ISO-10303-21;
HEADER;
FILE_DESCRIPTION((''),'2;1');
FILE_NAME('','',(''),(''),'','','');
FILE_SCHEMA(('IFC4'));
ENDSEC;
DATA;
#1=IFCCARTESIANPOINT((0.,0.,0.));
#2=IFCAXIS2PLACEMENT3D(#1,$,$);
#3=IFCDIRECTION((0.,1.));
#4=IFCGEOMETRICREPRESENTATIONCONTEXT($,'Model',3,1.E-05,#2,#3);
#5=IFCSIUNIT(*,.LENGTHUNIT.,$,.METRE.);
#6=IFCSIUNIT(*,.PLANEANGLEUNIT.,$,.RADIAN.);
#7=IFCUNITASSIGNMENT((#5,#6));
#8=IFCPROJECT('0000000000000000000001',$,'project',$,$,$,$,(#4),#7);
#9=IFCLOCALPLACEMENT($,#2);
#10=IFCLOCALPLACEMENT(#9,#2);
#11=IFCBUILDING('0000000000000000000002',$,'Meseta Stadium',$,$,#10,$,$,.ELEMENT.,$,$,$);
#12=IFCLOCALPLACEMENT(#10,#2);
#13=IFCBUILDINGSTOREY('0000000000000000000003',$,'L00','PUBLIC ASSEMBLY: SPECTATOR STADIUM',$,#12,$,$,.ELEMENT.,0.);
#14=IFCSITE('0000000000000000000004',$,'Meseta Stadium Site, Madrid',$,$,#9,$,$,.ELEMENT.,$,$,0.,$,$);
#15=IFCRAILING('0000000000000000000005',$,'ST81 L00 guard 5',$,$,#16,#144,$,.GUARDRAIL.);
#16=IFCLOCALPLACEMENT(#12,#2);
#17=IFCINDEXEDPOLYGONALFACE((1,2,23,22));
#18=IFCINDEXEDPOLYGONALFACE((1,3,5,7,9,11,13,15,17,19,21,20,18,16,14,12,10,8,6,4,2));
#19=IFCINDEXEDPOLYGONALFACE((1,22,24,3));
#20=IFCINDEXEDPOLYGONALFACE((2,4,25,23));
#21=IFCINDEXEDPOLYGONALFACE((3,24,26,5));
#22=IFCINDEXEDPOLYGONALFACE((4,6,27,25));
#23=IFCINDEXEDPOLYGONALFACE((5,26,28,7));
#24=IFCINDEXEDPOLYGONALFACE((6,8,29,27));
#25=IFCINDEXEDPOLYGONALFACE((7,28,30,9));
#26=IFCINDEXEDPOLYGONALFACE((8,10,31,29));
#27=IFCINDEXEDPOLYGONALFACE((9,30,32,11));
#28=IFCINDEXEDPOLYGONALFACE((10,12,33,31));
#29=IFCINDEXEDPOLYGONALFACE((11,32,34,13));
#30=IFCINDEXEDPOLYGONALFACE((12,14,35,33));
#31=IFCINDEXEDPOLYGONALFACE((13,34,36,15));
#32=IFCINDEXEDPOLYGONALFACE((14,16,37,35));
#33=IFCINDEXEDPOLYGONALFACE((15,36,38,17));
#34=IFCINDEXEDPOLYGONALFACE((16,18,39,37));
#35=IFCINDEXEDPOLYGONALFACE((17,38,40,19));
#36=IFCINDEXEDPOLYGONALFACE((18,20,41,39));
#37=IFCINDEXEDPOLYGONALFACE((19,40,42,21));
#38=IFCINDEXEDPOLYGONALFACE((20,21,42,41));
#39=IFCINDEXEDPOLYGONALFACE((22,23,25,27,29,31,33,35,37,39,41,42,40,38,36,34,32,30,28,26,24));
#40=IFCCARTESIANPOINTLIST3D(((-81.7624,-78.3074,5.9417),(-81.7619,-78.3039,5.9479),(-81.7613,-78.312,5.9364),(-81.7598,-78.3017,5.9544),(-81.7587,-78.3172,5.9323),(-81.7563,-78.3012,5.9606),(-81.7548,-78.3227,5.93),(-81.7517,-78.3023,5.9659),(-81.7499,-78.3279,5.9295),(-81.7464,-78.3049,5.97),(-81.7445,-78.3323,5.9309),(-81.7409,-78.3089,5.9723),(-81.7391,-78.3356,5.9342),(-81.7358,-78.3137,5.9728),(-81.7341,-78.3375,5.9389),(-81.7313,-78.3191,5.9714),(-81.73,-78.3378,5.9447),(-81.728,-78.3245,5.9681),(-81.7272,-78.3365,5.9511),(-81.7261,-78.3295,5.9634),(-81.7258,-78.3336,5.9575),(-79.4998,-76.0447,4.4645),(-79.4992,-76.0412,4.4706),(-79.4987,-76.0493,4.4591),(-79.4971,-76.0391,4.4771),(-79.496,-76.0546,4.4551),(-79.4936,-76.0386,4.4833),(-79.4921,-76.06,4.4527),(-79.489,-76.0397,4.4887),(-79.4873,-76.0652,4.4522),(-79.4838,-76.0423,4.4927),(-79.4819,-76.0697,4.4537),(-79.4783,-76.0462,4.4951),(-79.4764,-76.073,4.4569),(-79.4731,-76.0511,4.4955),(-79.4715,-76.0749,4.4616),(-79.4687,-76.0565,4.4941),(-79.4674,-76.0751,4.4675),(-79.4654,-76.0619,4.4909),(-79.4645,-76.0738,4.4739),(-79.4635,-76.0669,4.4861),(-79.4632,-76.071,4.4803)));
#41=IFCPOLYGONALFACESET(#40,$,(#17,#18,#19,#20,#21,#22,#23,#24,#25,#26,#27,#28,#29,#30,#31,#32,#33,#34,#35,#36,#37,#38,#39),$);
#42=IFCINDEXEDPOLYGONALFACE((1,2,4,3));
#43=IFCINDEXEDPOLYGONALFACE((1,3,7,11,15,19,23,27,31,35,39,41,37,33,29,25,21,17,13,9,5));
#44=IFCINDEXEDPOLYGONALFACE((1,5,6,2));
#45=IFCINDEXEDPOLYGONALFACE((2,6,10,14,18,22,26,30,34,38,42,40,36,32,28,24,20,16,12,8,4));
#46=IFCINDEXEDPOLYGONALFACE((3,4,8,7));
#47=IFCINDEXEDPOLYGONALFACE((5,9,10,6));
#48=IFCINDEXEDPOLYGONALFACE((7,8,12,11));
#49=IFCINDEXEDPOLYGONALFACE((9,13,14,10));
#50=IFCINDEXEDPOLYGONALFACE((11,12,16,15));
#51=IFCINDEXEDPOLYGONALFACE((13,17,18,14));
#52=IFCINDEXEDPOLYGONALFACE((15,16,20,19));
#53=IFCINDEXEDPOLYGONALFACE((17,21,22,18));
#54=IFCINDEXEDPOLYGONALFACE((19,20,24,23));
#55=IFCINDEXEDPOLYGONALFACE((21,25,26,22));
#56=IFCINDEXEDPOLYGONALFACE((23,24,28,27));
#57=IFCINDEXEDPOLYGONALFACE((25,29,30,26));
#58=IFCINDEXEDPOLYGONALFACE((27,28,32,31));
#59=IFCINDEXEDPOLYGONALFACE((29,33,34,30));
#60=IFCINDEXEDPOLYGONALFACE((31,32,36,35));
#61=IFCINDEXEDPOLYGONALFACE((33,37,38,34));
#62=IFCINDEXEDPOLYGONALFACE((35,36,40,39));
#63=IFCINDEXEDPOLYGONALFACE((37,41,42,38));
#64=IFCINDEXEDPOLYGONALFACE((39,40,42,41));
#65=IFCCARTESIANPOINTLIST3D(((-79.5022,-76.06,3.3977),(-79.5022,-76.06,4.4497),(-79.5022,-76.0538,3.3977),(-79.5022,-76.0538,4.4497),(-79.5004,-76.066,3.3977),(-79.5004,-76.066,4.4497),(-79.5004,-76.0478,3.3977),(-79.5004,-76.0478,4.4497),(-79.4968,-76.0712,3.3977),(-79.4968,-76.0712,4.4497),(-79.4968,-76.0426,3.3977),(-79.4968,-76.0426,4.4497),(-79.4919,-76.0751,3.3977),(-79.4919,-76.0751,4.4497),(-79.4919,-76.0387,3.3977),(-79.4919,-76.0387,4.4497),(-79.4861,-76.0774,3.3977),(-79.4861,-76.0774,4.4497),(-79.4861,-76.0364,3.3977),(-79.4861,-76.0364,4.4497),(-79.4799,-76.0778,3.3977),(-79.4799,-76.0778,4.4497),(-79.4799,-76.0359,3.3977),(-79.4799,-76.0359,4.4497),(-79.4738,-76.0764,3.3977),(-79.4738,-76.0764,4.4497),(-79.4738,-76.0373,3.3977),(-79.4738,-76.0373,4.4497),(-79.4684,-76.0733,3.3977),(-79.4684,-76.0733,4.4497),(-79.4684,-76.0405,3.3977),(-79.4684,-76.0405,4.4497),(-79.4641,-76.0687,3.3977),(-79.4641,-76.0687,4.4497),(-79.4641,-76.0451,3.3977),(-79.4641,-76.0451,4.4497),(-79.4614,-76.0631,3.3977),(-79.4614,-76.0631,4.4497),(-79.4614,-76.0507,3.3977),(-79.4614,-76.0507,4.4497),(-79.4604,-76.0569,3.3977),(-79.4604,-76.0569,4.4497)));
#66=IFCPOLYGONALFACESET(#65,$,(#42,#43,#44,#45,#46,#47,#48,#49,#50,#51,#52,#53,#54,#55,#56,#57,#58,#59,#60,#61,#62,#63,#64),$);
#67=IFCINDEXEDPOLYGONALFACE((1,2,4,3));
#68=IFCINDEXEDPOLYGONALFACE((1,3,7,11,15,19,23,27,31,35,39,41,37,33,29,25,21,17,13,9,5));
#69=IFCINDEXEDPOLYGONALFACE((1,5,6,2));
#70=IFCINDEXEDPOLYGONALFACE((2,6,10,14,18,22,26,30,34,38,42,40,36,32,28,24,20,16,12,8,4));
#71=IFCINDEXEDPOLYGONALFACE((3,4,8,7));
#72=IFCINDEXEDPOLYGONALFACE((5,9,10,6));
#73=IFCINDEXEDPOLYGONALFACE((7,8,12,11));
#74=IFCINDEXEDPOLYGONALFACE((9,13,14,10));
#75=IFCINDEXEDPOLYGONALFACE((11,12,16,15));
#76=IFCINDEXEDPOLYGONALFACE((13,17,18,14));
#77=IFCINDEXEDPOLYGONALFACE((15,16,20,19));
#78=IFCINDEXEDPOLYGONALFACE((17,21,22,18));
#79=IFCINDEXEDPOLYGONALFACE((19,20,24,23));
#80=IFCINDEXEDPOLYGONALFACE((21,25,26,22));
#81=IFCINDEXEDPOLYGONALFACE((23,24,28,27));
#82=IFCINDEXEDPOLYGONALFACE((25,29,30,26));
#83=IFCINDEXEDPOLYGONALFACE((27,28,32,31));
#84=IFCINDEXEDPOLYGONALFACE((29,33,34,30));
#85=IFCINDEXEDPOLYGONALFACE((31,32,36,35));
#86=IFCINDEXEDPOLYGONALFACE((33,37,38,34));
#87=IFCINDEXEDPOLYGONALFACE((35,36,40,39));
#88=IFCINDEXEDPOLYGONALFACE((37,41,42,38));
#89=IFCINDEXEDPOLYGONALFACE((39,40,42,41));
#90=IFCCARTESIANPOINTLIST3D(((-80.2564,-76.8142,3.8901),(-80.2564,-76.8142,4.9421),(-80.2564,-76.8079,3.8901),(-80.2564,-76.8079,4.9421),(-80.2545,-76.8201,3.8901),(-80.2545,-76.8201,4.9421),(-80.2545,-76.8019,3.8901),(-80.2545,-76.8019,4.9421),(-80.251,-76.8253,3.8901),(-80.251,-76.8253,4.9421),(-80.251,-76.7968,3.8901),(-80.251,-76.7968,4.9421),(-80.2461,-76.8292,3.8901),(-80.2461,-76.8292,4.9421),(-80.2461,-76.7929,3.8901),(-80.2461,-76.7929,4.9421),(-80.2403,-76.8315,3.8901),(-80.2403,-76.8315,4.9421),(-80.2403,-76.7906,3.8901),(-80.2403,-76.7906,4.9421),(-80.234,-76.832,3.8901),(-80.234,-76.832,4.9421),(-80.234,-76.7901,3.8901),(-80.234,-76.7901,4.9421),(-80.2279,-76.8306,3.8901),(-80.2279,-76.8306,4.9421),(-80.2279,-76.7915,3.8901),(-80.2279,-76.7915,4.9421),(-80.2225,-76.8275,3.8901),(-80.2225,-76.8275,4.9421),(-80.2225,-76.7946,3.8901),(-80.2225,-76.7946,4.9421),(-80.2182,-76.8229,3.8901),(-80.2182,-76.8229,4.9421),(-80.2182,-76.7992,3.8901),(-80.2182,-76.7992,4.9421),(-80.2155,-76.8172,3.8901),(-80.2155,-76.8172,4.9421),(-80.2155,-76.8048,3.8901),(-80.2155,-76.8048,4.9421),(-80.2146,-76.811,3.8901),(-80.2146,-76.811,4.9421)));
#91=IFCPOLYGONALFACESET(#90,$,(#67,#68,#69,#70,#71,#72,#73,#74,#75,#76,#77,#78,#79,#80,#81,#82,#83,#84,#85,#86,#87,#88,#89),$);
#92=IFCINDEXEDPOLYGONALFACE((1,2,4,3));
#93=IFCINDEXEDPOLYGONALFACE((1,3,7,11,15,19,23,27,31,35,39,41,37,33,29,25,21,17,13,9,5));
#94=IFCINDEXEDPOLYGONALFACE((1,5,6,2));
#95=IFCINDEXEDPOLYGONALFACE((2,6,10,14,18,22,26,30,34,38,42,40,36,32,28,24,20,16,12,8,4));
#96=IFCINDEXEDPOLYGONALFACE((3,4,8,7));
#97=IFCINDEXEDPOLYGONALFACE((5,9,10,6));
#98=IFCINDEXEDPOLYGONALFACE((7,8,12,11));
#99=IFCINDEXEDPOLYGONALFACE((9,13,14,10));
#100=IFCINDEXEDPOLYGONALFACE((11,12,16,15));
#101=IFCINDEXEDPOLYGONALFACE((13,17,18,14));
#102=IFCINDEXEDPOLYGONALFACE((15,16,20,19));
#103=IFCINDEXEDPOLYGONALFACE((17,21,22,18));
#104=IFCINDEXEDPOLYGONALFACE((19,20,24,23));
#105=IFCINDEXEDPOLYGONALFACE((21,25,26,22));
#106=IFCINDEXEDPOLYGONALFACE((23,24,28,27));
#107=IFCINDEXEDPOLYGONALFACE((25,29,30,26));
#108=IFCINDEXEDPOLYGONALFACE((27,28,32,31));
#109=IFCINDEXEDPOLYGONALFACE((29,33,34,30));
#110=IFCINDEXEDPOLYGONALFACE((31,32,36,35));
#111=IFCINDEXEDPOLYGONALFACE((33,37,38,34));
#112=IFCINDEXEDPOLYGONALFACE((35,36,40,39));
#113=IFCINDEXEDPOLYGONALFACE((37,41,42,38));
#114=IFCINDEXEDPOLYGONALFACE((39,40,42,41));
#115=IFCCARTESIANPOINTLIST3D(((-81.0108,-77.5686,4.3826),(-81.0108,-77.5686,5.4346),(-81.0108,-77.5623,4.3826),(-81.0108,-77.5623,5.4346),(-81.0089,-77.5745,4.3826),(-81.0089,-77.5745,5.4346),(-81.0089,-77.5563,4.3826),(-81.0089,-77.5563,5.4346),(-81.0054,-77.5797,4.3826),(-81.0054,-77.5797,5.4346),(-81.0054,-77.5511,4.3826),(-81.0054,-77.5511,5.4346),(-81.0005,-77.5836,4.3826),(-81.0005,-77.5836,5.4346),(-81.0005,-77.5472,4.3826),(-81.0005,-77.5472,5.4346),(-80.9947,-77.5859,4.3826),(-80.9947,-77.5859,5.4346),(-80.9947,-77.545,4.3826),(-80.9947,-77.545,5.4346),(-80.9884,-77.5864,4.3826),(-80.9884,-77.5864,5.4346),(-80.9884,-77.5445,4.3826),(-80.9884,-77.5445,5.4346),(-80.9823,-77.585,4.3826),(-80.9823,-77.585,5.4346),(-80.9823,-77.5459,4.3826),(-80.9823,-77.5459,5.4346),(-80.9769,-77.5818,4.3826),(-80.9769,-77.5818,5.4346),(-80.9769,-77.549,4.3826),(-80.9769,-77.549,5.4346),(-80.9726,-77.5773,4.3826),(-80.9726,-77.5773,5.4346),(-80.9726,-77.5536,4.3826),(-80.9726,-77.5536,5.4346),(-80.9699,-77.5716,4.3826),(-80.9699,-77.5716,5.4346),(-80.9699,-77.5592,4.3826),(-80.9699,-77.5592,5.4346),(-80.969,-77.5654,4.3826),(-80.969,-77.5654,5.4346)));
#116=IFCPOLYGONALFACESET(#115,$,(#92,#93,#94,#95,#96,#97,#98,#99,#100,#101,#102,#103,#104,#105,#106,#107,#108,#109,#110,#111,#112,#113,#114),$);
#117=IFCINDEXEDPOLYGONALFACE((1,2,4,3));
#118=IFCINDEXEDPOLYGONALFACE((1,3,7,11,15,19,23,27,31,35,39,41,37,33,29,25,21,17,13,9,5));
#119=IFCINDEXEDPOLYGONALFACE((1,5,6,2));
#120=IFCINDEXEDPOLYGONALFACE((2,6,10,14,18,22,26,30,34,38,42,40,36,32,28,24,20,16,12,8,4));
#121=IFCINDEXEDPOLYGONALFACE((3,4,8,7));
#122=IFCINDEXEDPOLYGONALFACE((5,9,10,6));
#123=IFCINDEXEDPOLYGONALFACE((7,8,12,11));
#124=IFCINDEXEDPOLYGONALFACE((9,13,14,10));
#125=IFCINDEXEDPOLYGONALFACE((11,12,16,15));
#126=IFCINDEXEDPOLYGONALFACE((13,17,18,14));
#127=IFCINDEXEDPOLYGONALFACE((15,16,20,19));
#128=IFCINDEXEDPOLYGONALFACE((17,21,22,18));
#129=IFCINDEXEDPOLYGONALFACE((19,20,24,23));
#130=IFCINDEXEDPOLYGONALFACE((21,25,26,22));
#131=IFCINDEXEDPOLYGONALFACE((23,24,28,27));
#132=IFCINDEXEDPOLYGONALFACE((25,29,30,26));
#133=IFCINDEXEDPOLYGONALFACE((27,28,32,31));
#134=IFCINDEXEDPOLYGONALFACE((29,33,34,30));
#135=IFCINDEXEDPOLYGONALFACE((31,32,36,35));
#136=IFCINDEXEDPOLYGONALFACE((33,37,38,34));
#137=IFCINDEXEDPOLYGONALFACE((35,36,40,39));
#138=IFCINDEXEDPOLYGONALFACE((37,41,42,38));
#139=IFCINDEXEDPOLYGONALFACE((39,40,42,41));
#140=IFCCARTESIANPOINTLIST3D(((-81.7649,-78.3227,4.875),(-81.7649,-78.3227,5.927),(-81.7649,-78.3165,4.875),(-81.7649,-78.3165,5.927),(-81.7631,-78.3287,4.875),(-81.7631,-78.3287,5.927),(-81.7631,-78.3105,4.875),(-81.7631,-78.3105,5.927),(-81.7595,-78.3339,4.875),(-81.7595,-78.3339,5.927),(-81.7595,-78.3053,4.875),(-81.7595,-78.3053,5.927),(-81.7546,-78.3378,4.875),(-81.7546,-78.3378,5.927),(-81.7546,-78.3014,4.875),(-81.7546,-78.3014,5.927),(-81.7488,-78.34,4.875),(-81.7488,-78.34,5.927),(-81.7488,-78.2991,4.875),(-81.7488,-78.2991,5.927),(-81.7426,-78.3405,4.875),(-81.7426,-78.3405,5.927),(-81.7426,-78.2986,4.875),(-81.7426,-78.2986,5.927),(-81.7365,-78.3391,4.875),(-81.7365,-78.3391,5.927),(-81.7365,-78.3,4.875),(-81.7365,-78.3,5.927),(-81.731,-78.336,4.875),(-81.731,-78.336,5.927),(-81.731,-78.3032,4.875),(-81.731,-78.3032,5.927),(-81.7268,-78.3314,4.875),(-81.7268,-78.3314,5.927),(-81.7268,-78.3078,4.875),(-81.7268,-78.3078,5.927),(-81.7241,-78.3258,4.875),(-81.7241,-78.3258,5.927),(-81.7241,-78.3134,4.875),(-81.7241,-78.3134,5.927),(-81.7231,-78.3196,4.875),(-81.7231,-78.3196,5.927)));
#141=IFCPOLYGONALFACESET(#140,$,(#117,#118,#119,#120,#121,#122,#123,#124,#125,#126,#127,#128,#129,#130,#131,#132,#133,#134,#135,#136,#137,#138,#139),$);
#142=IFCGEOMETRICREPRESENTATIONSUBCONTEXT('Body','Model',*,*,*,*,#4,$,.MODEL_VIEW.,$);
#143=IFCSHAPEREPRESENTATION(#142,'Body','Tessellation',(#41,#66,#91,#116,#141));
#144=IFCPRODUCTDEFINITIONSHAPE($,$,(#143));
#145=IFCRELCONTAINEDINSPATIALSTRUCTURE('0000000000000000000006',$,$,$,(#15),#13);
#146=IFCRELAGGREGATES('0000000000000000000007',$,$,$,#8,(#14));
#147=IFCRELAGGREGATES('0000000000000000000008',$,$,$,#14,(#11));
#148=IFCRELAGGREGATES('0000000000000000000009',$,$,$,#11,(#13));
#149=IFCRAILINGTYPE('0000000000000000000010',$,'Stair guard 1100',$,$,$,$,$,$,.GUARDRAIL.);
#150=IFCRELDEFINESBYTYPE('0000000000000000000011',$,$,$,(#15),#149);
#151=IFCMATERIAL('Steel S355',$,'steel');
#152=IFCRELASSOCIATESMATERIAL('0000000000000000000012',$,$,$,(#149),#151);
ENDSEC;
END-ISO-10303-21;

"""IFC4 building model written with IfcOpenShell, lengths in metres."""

from ifc_helpers import new_model, si_unit, direction, frame, origin, origin_2d, place, context, subcontext, project, spatial, circle, extrude, material, type_object, element, save


model = new_model("IFC4")

# Units and contexts
model_context = context("Model", 3, precision=1e-05, world=origin(), true_north=direction((0.0, 1.0)))
body_context = subcontext(model_context, "Body", "Model", "MODEL_VIEW")
ifc_project = project(units=[si_unit("LENGTHUNIT", "METRE"), si_unit("PLANEANGLEUNIT", "RADIAN")], contexts=[model_context])

# Site, building, storey
site_placement = place(None, origin())
site = spatial("IfcSite", under=ifc_project, at=site_placement, Name="Meseta Stadium Site, Madrid", CompositionType="ELEMENT", RefElevation=0.0)
building_placement = place(site_placement, origin())
building = spatial("IfcBuilding", under=site, at=building_placement, Name="Meseta Stadium", CompositionType="ELEMENT")
storey_placement = place(building_placement, origin())
storey = spatial("IfcBuildingStorey", under=building, at=storey_placement, Name="L00", Description="PUBLIC ASSEMBLY: SPECTATOR STADIUM", CompositionType="ELEMENT", Elevation=0.0)

# Railing
ifc_material_1 = material(Name="Steel S355", Category="steel")
railing_type_1 = type_object("IfcRailingType", Name="Stair guard 1100", PredefinedType="GUARDRAIL", material=ifc_material_1)
railing_1_placement = place(storey_placement, frame((-79.4814, -76.0569, 3.3977)))
element("IfcRailing", 1, at=railing_1_placement, inside=storey, type_object=railing_type_1, Name="ST81 L00 guard 5", PredefinedType="GUARDRAIL", context=body_context, shape_type="SweptSolid", body=[
    extrude(circle(Radius=0.0239, at=origin_2d()), frame((0.0, 0.0, 1.0762), z_axis=(-0.641994, -0.641994, 0.419152), x_axis=(0.707107, -0.707107, 0.0)), (0.0, 0.0, 1.0), 3.5244),
    extrude(circle(Radius=0.021, at=origin_2d()), origin(), (0.0, 0.0, 1.0), 1.052),
    extrude(circle(Radius=0.021, at=origin_2d()), frame((-0.7542, -0.7542, 0.4924)), (0.0, 0.0, 1.0), 1.052),
    extrude(circle(Radius=0.021, at=origin_2d()), frame((-1.5085, -1.5085, 0.9849)), (0.0, 0.0, 1.0), 1.052),
    extrude(circle(Radius=0.021, at=origin_2d()), frame((-2.2627, -2.2627, 1.4773)), (0.0, 0.0, 1.0), 1.052),
])

save(model, "model.ifc")
